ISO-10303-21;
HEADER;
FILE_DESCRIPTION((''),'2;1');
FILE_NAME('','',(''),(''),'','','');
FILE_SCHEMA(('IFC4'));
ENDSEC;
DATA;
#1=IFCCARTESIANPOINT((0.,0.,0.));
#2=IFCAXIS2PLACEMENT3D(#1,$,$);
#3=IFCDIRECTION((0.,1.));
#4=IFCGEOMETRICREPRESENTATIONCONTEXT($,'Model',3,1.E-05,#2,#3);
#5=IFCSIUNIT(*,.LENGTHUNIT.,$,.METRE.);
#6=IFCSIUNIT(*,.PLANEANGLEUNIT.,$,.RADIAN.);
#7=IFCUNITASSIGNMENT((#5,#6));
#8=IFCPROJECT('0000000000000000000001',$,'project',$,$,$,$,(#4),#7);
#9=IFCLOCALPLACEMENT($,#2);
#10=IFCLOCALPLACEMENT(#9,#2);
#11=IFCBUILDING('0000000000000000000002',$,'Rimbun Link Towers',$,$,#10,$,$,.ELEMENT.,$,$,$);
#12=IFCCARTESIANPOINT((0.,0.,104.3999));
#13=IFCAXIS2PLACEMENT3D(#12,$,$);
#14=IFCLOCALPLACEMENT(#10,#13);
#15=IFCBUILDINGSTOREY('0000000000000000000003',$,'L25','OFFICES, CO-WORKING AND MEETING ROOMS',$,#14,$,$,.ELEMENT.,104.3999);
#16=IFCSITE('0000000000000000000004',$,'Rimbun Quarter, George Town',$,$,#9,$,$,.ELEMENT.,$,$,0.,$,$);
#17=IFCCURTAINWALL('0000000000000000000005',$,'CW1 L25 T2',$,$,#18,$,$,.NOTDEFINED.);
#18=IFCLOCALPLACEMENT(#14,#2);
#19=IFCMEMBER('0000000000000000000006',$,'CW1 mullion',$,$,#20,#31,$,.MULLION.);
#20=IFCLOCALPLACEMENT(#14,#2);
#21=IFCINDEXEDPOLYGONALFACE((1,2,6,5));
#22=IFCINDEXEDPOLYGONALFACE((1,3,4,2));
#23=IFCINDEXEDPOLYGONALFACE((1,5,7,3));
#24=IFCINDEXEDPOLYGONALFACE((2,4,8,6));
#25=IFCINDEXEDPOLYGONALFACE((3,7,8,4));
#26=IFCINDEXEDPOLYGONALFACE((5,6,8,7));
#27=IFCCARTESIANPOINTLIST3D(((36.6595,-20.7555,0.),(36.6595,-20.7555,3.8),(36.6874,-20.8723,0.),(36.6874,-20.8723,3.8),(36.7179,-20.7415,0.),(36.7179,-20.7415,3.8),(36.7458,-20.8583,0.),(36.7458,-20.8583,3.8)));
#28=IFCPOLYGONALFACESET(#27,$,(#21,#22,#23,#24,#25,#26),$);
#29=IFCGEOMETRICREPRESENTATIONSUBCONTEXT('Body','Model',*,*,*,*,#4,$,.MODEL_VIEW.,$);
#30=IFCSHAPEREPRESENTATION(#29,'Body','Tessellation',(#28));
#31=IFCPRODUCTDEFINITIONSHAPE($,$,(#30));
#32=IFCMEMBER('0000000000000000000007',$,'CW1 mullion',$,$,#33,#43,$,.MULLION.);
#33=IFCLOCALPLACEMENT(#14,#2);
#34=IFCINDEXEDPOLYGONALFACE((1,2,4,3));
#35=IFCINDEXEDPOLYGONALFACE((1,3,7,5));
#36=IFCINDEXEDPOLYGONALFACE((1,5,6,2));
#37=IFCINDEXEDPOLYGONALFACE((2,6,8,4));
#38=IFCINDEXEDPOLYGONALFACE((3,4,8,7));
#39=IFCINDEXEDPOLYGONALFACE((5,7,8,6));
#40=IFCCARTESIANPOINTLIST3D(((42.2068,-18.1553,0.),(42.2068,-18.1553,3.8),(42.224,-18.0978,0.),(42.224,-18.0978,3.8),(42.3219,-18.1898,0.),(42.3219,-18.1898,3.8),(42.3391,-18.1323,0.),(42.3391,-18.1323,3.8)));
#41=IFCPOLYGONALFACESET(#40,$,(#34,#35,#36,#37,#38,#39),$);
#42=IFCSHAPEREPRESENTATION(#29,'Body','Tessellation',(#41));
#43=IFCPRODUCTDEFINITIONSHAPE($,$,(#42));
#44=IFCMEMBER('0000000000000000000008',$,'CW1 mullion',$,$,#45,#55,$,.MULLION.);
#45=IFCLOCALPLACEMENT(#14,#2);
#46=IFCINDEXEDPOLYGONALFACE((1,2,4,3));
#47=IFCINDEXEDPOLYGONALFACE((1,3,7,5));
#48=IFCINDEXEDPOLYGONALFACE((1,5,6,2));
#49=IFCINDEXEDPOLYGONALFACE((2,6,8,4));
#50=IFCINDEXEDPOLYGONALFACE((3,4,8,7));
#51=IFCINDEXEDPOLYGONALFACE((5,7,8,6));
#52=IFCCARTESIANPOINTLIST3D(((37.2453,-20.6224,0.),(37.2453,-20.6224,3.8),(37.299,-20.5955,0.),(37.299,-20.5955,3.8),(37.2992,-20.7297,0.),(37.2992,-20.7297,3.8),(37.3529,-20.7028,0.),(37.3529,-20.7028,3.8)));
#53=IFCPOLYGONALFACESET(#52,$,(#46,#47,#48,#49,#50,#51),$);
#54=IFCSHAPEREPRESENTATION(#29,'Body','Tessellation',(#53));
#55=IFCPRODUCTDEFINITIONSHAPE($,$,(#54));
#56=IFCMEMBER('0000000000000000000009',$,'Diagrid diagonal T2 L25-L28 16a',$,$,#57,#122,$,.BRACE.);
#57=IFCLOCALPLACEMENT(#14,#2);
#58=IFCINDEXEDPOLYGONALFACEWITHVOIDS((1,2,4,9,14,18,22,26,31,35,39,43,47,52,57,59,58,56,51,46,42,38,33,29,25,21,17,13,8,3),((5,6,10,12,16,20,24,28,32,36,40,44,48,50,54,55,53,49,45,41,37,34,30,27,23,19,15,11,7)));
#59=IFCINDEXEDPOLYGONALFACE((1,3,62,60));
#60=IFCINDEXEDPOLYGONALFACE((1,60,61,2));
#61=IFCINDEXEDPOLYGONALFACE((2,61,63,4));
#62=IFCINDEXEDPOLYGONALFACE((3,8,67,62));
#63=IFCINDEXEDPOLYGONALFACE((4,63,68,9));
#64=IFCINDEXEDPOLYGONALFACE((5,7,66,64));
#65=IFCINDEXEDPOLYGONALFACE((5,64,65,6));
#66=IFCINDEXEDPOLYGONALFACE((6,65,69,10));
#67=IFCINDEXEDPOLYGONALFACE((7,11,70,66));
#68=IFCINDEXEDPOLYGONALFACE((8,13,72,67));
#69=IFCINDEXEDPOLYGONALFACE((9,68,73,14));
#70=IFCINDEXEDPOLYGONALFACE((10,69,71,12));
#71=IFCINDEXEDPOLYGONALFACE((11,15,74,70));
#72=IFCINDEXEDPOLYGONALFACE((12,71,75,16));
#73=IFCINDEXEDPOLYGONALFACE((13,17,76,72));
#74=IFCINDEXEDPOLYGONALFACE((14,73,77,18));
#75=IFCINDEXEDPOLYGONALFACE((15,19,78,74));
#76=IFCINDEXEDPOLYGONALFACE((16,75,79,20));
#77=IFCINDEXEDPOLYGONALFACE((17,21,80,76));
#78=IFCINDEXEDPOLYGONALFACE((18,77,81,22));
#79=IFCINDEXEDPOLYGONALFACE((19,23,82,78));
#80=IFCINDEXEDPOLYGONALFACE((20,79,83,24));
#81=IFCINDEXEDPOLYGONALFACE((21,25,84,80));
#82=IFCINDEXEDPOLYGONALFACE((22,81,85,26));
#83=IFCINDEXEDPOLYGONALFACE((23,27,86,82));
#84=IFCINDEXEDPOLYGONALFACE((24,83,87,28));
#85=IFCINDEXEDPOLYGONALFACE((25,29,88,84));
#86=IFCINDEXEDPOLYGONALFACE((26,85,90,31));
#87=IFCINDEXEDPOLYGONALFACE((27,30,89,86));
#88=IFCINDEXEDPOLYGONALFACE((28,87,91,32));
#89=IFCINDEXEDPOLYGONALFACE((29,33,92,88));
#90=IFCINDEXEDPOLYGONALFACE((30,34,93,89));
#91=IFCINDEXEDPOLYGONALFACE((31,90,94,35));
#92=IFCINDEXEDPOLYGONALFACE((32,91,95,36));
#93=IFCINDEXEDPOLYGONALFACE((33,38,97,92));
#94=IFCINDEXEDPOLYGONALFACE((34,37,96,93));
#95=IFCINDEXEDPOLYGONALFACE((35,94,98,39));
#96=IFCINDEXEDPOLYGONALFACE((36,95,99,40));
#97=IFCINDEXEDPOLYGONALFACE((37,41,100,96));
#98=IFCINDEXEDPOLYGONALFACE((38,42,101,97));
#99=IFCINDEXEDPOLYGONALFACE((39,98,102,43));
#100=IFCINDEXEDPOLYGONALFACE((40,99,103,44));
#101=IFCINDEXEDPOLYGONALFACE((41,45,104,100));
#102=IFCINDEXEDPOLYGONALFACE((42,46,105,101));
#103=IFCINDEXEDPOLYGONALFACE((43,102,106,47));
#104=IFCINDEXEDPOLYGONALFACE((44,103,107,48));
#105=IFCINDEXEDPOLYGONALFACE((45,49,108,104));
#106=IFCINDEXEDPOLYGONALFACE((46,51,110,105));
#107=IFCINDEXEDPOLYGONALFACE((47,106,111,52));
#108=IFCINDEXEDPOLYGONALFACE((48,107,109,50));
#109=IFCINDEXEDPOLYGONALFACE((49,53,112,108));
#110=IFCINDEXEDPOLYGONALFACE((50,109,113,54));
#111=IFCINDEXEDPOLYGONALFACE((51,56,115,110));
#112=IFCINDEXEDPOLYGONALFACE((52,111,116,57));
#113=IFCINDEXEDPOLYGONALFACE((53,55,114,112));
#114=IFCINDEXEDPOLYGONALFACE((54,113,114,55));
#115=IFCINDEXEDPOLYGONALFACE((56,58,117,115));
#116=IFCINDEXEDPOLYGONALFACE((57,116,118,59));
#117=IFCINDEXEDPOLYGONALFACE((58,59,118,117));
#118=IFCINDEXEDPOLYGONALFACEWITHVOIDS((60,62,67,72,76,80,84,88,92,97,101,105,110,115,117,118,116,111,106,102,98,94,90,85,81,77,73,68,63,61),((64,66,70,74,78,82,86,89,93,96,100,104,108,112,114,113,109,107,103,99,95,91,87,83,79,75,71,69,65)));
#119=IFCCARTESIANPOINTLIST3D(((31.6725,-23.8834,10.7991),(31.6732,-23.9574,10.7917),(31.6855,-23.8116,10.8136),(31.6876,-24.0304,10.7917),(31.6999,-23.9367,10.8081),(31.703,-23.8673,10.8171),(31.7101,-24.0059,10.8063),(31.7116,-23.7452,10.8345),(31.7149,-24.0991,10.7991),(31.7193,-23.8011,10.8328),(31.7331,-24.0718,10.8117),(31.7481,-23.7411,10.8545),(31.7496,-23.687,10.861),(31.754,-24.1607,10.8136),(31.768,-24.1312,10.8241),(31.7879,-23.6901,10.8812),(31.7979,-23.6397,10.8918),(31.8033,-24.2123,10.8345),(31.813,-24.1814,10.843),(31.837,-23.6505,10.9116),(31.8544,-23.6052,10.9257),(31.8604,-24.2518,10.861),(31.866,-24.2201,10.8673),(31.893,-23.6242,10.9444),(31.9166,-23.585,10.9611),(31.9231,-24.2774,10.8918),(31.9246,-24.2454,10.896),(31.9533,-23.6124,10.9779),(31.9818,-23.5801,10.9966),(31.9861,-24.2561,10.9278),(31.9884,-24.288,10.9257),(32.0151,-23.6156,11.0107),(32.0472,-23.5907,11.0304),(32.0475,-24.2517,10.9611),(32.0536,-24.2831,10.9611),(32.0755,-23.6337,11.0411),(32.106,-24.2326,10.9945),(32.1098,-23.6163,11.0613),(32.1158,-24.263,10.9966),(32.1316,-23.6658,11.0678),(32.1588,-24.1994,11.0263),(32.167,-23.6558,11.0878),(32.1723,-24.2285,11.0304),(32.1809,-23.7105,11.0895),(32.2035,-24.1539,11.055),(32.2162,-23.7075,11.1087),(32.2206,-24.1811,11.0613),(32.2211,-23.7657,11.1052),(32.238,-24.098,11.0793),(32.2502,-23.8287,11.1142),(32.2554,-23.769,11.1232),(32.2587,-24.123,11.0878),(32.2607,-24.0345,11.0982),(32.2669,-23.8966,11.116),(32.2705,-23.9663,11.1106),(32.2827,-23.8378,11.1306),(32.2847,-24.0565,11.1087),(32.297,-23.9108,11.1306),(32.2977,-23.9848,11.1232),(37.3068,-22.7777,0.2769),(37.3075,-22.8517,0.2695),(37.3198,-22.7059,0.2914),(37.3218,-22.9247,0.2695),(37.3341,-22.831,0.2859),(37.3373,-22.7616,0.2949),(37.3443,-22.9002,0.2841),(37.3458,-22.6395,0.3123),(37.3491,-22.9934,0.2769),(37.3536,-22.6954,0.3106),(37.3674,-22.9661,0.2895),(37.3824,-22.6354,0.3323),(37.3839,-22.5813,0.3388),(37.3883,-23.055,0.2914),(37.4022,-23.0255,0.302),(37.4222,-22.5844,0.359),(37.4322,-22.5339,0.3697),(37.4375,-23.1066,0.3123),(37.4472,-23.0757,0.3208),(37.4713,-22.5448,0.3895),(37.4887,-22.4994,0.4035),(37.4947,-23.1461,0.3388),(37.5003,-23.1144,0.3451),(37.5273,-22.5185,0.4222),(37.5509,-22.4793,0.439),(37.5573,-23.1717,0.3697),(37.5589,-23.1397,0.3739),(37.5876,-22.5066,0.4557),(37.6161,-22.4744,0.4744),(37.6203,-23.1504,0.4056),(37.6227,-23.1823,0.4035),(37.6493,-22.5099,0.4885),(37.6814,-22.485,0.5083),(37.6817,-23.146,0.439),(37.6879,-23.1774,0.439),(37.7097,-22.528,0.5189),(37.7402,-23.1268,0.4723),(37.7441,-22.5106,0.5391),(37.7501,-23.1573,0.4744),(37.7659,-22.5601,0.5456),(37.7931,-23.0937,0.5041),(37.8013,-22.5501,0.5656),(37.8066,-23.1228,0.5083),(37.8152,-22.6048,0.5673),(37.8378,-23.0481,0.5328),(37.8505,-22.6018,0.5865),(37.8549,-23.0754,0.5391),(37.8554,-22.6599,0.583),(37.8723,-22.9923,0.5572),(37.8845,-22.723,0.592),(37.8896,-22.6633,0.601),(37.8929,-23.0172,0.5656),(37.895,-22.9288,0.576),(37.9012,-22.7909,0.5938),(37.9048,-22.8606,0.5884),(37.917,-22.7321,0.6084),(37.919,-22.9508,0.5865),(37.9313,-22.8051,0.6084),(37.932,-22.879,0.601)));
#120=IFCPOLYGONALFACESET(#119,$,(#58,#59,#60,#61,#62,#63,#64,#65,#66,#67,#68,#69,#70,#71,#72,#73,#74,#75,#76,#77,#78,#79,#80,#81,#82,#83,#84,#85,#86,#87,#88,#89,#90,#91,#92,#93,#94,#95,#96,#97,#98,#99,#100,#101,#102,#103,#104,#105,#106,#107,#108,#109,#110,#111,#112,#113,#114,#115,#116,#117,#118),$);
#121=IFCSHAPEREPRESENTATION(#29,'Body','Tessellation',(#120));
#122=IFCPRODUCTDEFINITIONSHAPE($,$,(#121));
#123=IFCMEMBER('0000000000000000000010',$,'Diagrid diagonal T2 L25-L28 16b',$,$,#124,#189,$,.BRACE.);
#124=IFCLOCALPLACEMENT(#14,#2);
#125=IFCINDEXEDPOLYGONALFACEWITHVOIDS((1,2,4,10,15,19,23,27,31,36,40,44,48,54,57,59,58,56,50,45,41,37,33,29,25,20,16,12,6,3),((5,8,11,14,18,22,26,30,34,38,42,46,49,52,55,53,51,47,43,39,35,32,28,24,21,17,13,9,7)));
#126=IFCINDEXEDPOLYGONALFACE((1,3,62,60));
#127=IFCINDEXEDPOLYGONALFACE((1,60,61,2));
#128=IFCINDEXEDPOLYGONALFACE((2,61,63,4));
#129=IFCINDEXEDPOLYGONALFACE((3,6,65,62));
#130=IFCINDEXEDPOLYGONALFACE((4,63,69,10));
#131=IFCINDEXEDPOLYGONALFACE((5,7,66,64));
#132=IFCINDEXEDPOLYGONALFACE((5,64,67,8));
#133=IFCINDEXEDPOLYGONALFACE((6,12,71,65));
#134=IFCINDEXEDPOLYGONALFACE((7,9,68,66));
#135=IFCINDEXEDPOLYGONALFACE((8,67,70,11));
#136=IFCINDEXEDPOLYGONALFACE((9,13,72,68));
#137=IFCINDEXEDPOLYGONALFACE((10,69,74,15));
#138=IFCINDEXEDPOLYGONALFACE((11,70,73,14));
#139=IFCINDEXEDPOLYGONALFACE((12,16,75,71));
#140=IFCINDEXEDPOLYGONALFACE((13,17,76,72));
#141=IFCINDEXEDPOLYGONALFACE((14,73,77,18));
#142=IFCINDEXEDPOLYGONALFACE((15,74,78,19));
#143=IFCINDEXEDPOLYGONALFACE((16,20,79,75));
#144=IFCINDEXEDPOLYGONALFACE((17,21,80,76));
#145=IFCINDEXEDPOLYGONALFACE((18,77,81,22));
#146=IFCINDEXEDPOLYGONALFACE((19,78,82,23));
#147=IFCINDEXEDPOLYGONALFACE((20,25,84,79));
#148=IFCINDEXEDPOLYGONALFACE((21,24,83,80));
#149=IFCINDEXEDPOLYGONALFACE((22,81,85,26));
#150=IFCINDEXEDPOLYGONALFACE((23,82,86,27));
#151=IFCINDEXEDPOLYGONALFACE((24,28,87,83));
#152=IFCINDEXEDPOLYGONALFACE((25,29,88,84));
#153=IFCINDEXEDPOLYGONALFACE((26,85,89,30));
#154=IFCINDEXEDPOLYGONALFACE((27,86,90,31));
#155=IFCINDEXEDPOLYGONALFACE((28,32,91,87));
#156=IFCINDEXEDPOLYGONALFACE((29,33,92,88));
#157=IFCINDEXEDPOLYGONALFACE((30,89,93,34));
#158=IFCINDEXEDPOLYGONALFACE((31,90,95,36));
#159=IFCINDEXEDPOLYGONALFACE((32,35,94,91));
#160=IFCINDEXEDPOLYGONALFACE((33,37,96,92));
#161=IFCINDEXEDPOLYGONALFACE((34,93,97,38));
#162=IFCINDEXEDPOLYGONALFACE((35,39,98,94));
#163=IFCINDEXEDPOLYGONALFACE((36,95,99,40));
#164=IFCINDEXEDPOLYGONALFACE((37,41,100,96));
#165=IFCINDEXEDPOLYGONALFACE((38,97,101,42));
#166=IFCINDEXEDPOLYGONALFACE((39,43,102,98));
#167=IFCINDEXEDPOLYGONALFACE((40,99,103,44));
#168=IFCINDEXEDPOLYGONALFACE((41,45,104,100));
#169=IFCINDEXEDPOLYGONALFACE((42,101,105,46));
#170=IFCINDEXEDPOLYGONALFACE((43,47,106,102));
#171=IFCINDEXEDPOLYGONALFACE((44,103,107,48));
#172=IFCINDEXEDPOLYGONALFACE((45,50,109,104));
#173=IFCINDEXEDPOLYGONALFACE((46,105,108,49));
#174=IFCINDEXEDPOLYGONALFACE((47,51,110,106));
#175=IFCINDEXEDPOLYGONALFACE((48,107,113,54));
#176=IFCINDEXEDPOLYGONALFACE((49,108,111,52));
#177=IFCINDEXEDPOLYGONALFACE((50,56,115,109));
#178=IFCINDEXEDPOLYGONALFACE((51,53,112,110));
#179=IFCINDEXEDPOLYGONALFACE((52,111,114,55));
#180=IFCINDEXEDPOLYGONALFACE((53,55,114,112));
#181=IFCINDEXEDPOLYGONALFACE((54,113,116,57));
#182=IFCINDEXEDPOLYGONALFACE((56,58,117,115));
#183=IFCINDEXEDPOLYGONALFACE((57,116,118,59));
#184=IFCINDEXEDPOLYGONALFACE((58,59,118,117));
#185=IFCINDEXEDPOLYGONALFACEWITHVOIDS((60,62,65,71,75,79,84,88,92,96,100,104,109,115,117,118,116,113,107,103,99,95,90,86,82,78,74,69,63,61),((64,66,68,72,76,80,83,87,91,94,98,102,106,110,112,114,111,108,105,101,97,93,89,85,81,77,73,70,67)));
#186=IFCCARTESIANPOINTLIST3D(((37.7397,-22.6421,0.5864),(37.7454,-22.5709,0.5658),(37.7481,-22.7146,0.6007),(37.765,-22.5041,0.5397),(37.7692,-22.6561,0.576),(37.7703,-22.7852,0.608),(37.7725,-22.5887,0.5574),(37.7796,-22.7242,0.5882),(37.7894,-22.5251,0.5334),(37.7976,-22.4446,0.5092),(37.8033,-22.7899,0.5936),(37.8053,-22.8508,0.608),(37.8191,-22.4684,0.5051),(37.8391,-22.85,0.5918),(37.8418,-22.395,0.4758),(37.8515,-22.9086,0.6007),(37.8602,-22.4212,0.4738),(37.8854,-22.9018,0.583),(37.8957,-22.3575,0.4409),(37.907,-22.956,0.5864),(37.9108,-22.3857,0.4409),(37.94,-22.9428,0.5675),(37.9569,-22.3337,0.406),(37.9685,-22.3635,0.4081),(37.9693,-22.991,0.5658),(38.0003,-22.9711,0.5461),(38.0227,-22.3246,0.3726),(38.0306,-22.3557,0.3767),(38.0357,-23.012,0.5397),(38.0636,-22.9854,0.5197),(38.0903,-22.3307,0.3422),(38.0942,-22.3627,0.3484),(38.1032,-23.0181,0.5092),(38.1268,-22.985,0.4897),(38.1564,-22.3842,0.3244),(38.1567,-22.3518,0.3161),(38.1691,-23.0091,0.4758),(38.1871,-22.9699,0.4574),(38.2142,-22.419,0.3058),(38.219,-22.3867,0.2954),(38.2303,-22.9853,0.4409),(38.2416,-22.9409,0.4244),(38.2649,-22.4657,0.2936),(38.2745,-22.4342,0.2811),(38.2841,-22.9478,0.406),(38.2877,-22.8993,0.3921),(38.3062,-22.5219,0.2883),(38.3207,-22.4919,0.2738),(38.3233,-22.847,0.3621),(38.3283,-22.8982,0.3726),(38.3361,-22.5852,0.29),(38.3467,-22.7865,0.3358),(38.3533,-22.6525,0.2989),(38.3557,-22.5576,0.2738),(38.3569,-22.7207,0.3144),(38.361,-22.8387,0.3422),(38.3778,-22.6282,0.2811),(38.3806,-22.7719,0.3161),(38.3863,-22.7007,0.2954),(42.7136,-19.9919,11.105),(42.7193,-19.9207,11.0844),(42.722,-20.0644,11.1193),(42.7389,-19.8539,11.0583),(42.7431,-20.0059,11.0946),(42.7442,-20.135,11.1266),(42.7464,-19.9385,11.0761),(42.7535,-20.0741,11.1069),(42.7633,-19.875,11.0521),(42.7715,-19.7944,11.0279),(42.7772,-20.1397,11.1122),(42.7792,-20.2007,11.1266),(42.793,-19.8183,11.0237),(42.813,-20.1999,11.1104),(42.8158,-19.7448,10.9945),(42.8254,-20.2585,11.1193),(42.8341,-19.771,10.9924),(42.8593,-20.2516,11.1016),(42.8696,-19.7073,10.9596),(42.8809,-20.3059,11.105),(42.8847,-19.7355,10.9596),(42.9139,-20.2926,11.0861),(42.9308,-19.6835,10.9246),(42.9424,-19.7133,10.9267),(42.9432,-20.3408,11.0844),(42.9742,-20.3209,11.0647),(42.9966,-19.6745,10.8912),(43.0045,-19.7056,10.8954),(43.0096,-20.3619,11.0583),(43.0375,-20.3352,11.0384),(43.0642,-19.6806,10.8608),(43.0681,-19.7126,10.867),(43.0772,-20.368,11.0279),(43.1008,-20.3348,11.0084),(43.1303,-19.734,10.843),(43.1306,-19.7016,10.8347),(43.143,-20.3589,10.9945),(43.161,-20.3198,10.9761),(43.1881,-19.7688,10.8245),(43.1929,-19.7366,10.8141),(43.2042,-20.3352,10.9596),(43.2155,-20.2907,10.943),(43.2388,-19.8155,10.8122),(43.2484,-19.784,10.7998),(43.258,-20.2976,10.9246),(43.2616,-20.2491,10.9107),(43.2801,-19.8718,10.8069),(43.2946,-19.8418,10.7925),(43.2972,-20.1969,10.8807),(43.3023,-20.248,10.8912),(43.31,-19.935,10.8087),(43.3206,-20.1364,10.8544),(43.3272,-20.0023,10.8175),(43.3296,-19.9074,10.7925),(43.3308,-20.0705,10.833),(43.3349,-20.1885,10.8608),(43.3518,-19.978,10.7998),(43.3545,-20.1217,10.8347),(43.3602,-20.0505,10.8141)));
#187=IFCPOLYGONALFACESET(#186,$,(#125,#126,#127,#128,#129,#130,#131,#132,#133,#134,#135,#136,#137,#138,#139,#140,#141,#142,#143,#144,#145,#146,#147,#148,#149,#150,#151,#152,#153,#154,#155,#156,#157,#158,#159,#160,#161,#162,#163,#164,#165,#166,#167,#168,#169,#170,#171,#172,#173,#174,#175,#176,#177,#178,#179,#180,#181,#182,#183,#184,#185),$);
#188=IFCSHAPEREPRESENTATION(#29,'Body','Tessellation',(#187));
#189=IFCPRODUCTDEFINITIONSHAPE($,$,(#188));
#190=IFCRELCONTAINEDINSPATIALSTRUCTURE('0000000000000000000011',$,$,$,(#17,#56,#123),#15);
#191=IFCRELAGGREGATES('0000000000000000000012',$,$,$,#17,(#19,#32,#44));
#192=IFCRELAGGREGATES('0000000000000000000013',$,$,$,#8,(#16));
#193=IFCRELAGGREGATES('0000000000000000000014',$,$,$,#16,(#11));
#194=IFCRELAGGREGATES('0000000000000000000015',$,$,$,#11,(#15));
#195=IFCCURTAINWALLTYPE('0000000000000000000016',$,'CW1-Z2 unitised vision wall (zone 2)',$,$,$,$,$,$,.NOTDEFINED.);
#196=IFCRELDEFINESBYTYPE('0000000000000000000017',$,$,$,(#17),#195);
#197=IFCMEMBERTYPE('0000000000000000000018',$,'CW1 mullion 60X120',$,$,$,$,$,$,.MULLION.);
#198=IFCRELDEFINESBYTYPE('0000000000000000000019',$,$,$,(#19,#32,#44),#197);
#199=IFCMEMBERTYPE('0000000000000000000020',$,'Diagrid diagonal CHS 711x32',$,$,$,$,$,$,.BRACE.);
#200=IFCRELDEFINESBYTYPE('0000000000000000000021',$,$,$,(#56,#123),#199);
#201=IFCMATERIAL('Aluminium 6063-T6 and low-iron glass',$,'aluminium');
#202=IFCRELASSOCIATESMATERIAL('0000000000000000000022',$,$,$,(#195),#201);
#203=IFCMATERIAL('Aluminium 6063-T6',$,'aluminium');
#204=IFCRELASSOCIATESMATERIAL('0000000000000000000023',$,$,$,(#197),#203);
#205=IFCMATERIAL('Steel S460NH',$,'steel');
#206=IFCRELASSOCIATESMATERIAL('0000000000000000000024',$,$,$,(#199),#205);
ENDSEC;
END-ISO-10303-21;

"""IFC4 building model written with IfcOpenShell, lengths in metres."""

from ifc_helpers import new_model, si_unit, direction, frame, origin, origin_2d, place, context, subcontext, project, spatial, rectangle, hollow_circle, extrude, material, material_profile, profile_set, type_object, element, aggregate, save


model = new_model("IFC4")

# Units and contexts
model_context = context("Model", 3, precision=1e-05, world=origin(), true_north=direction((0.0, 1.0)))
body_context = subcontext(model_context, "Body", "Model", "MODEL_VIEW")
ifc_project = project(units=[si_unit("LENGTHUNIT", "METRE"), si_unit("PLANEANGLEUNIT", "RADIAN")], contexts=[model_context])

# Site, building, storey
site_placement = place(None, origin())
site = spatial("IfcSite", under=ifc_project, at=site_placement, Name="Rimbun Quarter, George Town", CompositionType="ELEMENT", RefElevation=0.0)
building_placement = place(site_placement, origin())
building = spatial("IfcBuilding", under=site, at=building_placement, Name="Rimbun Link Towers", CompositionType="ELEMENT")
storey_placement = place(building_placement, frame((0.0, 0.0, 104.3999)))
storey = spatial("IfcBuildingStorey", under=building, at=storey_placement, Name="L25", Description="OFFICES, CO-WORKING AND MEETING ROOMS", CompositionType="ELEMENT", Elevation=104.3999)

# Curtain wall, members
ifc_material_1 = material(Name="Aluminium 6063-T6 and low-iron glass", Category="aluminium")
curtain_wall_type = type_object("IfcCurtainWallType", Name="CW1-Z2 unitised vision wall (zone 2)", PredefinedType="NOTDEFINED", material=ifc_material_1)
curtain_wall_placement = place(storey_placement, origin())
curtain_wall = element("IfcCurtainWall", 1, at=curtain_wall_placement, inside=storey, type_object=curtain_wall_type, Name="CW1 L25 T2", PredefinedType="NOTDEFINED")
ifc_material_2 = material(Name="Aluminium 6063-T6", Category="aluminium")
ifc_material_profile_1 = material_profile(ifc_material_2, rectangle(XDim=0.1201, YDim=0.0601, at=origin_2d()), Name="MULLION 60X120")
ifc_profile_set_1 = profile_set([ifc_material_profile_1], Name="Aluminium 6063-T6")
member_type_1 = type_object("IfcMemberType", Name="CW1 mullion 60X120", PredefinedType="MULLION", material=ifc_profile_set_1)
member_1_placement = place(storey_placement, frame((36.7026, -20.8069, 0.0), z_axis=(0.0, 0.0, 1.0), x_axis=(0.232586, -0.972576, 0.0)))
member_1 = element("IfcMember", 2, at=member_1_placement, type_object=member_type_1, Name="CW1 mullion", PredefinedType="MULLION", context=body_context, shape_type="SweptSolid", body=[
    extrude(rectangle(XDim=0.1201, YDim=0.0601, at=origin_2d()), origin(), (0.0, 0.0, 1.0), 3.8),
])
member_2_placement = place(storey_placement, frame((42.2729, -18.1438, 0.0), z_axis=(0.0, 0.0, 1.0), x_axis=(0.957988, -0.286809, 0.0)))
member_2 = element("IfcMember", 3, at=member_2_placement, type_object=member_type_1, Name="CW1 mullion", PredefinedType="MULLION", context=body_context, shape_type="SweptSolid", body=[
    extrude(rectangle(XDim=0.1201, YDim=0.0601, at=origin_2d()), origin(), (0.0, 0.0, 1.0), 3.8),
])
member_3_placement = place(storey_placement, frame((37.2991, -20.6626, 0.0), z_axis=(0.0, 0.0, 1.0), x_axis=(0.448789, -0.893638, 0.0)))
member_3 = element("IfcMember", 4, at=member_3_placement, type_object=member_type_1, Name="CW1 mullion", PredefinedType="MULLION", context=body_context, shape_type="SweptSolid", body=[
    extrude(rectangle(XDim=0.1201, YDim=0.0601, at=origin_2d()), origin(), (0.0, 0.0, 1.0), 3.8),
])
aggregate(curtain_wall, [member_1, member_2, member_3])

# Members
ifc_material_3 = material(Name="Steel S460NH", Category="steel")
ifc_material_profile_2 = material_profile(ifc_material_3, hollow_circle(Radius=0.3557, WallThickness=0.032, at=origin_2d()), Name="Diagrid diagonal CHS 711x32")
ifc_profile_set_2 = profile_set([ifc_material_profile_2], Name="Steel S460NH")
member_type_2 = type_object("IfcMemberType", Name="Diagrid diagonal CHS 711x32", PredefinedType="BRACE", material=ifc_profile_set_2)
member_4_placement = place(storey_placement, frame((37.6194, -22.8284, 0.439), z_axis=(-0.470038, -0.092244, 0.877813), x_axis=(0.192574, -0.981282, 0.0)))
element("IfcMember", 5, at=member_4_placement, inside=storey, type_object=member_type_2, Name="Diagrid diagonal T2 L25-L28 16a", PredefinedType="BRACE", context=body_context, shape_type="SweptSolid", body=[
    extrude(hollow_circle(Radius=0.3557, WallThickness=0.032, at=origin_2d()), origin(), (0.0, 0.0, 1.0), 11.9868),
])
member_5_placement = place(storey_placement, frame((38.063, -22.6714, 0.4409), z_axis=(0.416808, 0.222081, 0.881448), x_axis=(-0.470231, 0.882544, 0.0)))
element("IfcMember", 6, at=member_5_placement, inside=storey, type_object=member_type_2, Name="Diagrid diagonal T2 L25-L28 16b", PredefinedType="BRACE", context=body_context, shape_type="SweptSolid", body=[
    extrude(hollow_circle(Radius=0.3557, WallThickness=0.032, at=origin_2d()), origin(), (0.0, 0.0, 1.0), 11.9333),
])

save(model, "model.ifc")
